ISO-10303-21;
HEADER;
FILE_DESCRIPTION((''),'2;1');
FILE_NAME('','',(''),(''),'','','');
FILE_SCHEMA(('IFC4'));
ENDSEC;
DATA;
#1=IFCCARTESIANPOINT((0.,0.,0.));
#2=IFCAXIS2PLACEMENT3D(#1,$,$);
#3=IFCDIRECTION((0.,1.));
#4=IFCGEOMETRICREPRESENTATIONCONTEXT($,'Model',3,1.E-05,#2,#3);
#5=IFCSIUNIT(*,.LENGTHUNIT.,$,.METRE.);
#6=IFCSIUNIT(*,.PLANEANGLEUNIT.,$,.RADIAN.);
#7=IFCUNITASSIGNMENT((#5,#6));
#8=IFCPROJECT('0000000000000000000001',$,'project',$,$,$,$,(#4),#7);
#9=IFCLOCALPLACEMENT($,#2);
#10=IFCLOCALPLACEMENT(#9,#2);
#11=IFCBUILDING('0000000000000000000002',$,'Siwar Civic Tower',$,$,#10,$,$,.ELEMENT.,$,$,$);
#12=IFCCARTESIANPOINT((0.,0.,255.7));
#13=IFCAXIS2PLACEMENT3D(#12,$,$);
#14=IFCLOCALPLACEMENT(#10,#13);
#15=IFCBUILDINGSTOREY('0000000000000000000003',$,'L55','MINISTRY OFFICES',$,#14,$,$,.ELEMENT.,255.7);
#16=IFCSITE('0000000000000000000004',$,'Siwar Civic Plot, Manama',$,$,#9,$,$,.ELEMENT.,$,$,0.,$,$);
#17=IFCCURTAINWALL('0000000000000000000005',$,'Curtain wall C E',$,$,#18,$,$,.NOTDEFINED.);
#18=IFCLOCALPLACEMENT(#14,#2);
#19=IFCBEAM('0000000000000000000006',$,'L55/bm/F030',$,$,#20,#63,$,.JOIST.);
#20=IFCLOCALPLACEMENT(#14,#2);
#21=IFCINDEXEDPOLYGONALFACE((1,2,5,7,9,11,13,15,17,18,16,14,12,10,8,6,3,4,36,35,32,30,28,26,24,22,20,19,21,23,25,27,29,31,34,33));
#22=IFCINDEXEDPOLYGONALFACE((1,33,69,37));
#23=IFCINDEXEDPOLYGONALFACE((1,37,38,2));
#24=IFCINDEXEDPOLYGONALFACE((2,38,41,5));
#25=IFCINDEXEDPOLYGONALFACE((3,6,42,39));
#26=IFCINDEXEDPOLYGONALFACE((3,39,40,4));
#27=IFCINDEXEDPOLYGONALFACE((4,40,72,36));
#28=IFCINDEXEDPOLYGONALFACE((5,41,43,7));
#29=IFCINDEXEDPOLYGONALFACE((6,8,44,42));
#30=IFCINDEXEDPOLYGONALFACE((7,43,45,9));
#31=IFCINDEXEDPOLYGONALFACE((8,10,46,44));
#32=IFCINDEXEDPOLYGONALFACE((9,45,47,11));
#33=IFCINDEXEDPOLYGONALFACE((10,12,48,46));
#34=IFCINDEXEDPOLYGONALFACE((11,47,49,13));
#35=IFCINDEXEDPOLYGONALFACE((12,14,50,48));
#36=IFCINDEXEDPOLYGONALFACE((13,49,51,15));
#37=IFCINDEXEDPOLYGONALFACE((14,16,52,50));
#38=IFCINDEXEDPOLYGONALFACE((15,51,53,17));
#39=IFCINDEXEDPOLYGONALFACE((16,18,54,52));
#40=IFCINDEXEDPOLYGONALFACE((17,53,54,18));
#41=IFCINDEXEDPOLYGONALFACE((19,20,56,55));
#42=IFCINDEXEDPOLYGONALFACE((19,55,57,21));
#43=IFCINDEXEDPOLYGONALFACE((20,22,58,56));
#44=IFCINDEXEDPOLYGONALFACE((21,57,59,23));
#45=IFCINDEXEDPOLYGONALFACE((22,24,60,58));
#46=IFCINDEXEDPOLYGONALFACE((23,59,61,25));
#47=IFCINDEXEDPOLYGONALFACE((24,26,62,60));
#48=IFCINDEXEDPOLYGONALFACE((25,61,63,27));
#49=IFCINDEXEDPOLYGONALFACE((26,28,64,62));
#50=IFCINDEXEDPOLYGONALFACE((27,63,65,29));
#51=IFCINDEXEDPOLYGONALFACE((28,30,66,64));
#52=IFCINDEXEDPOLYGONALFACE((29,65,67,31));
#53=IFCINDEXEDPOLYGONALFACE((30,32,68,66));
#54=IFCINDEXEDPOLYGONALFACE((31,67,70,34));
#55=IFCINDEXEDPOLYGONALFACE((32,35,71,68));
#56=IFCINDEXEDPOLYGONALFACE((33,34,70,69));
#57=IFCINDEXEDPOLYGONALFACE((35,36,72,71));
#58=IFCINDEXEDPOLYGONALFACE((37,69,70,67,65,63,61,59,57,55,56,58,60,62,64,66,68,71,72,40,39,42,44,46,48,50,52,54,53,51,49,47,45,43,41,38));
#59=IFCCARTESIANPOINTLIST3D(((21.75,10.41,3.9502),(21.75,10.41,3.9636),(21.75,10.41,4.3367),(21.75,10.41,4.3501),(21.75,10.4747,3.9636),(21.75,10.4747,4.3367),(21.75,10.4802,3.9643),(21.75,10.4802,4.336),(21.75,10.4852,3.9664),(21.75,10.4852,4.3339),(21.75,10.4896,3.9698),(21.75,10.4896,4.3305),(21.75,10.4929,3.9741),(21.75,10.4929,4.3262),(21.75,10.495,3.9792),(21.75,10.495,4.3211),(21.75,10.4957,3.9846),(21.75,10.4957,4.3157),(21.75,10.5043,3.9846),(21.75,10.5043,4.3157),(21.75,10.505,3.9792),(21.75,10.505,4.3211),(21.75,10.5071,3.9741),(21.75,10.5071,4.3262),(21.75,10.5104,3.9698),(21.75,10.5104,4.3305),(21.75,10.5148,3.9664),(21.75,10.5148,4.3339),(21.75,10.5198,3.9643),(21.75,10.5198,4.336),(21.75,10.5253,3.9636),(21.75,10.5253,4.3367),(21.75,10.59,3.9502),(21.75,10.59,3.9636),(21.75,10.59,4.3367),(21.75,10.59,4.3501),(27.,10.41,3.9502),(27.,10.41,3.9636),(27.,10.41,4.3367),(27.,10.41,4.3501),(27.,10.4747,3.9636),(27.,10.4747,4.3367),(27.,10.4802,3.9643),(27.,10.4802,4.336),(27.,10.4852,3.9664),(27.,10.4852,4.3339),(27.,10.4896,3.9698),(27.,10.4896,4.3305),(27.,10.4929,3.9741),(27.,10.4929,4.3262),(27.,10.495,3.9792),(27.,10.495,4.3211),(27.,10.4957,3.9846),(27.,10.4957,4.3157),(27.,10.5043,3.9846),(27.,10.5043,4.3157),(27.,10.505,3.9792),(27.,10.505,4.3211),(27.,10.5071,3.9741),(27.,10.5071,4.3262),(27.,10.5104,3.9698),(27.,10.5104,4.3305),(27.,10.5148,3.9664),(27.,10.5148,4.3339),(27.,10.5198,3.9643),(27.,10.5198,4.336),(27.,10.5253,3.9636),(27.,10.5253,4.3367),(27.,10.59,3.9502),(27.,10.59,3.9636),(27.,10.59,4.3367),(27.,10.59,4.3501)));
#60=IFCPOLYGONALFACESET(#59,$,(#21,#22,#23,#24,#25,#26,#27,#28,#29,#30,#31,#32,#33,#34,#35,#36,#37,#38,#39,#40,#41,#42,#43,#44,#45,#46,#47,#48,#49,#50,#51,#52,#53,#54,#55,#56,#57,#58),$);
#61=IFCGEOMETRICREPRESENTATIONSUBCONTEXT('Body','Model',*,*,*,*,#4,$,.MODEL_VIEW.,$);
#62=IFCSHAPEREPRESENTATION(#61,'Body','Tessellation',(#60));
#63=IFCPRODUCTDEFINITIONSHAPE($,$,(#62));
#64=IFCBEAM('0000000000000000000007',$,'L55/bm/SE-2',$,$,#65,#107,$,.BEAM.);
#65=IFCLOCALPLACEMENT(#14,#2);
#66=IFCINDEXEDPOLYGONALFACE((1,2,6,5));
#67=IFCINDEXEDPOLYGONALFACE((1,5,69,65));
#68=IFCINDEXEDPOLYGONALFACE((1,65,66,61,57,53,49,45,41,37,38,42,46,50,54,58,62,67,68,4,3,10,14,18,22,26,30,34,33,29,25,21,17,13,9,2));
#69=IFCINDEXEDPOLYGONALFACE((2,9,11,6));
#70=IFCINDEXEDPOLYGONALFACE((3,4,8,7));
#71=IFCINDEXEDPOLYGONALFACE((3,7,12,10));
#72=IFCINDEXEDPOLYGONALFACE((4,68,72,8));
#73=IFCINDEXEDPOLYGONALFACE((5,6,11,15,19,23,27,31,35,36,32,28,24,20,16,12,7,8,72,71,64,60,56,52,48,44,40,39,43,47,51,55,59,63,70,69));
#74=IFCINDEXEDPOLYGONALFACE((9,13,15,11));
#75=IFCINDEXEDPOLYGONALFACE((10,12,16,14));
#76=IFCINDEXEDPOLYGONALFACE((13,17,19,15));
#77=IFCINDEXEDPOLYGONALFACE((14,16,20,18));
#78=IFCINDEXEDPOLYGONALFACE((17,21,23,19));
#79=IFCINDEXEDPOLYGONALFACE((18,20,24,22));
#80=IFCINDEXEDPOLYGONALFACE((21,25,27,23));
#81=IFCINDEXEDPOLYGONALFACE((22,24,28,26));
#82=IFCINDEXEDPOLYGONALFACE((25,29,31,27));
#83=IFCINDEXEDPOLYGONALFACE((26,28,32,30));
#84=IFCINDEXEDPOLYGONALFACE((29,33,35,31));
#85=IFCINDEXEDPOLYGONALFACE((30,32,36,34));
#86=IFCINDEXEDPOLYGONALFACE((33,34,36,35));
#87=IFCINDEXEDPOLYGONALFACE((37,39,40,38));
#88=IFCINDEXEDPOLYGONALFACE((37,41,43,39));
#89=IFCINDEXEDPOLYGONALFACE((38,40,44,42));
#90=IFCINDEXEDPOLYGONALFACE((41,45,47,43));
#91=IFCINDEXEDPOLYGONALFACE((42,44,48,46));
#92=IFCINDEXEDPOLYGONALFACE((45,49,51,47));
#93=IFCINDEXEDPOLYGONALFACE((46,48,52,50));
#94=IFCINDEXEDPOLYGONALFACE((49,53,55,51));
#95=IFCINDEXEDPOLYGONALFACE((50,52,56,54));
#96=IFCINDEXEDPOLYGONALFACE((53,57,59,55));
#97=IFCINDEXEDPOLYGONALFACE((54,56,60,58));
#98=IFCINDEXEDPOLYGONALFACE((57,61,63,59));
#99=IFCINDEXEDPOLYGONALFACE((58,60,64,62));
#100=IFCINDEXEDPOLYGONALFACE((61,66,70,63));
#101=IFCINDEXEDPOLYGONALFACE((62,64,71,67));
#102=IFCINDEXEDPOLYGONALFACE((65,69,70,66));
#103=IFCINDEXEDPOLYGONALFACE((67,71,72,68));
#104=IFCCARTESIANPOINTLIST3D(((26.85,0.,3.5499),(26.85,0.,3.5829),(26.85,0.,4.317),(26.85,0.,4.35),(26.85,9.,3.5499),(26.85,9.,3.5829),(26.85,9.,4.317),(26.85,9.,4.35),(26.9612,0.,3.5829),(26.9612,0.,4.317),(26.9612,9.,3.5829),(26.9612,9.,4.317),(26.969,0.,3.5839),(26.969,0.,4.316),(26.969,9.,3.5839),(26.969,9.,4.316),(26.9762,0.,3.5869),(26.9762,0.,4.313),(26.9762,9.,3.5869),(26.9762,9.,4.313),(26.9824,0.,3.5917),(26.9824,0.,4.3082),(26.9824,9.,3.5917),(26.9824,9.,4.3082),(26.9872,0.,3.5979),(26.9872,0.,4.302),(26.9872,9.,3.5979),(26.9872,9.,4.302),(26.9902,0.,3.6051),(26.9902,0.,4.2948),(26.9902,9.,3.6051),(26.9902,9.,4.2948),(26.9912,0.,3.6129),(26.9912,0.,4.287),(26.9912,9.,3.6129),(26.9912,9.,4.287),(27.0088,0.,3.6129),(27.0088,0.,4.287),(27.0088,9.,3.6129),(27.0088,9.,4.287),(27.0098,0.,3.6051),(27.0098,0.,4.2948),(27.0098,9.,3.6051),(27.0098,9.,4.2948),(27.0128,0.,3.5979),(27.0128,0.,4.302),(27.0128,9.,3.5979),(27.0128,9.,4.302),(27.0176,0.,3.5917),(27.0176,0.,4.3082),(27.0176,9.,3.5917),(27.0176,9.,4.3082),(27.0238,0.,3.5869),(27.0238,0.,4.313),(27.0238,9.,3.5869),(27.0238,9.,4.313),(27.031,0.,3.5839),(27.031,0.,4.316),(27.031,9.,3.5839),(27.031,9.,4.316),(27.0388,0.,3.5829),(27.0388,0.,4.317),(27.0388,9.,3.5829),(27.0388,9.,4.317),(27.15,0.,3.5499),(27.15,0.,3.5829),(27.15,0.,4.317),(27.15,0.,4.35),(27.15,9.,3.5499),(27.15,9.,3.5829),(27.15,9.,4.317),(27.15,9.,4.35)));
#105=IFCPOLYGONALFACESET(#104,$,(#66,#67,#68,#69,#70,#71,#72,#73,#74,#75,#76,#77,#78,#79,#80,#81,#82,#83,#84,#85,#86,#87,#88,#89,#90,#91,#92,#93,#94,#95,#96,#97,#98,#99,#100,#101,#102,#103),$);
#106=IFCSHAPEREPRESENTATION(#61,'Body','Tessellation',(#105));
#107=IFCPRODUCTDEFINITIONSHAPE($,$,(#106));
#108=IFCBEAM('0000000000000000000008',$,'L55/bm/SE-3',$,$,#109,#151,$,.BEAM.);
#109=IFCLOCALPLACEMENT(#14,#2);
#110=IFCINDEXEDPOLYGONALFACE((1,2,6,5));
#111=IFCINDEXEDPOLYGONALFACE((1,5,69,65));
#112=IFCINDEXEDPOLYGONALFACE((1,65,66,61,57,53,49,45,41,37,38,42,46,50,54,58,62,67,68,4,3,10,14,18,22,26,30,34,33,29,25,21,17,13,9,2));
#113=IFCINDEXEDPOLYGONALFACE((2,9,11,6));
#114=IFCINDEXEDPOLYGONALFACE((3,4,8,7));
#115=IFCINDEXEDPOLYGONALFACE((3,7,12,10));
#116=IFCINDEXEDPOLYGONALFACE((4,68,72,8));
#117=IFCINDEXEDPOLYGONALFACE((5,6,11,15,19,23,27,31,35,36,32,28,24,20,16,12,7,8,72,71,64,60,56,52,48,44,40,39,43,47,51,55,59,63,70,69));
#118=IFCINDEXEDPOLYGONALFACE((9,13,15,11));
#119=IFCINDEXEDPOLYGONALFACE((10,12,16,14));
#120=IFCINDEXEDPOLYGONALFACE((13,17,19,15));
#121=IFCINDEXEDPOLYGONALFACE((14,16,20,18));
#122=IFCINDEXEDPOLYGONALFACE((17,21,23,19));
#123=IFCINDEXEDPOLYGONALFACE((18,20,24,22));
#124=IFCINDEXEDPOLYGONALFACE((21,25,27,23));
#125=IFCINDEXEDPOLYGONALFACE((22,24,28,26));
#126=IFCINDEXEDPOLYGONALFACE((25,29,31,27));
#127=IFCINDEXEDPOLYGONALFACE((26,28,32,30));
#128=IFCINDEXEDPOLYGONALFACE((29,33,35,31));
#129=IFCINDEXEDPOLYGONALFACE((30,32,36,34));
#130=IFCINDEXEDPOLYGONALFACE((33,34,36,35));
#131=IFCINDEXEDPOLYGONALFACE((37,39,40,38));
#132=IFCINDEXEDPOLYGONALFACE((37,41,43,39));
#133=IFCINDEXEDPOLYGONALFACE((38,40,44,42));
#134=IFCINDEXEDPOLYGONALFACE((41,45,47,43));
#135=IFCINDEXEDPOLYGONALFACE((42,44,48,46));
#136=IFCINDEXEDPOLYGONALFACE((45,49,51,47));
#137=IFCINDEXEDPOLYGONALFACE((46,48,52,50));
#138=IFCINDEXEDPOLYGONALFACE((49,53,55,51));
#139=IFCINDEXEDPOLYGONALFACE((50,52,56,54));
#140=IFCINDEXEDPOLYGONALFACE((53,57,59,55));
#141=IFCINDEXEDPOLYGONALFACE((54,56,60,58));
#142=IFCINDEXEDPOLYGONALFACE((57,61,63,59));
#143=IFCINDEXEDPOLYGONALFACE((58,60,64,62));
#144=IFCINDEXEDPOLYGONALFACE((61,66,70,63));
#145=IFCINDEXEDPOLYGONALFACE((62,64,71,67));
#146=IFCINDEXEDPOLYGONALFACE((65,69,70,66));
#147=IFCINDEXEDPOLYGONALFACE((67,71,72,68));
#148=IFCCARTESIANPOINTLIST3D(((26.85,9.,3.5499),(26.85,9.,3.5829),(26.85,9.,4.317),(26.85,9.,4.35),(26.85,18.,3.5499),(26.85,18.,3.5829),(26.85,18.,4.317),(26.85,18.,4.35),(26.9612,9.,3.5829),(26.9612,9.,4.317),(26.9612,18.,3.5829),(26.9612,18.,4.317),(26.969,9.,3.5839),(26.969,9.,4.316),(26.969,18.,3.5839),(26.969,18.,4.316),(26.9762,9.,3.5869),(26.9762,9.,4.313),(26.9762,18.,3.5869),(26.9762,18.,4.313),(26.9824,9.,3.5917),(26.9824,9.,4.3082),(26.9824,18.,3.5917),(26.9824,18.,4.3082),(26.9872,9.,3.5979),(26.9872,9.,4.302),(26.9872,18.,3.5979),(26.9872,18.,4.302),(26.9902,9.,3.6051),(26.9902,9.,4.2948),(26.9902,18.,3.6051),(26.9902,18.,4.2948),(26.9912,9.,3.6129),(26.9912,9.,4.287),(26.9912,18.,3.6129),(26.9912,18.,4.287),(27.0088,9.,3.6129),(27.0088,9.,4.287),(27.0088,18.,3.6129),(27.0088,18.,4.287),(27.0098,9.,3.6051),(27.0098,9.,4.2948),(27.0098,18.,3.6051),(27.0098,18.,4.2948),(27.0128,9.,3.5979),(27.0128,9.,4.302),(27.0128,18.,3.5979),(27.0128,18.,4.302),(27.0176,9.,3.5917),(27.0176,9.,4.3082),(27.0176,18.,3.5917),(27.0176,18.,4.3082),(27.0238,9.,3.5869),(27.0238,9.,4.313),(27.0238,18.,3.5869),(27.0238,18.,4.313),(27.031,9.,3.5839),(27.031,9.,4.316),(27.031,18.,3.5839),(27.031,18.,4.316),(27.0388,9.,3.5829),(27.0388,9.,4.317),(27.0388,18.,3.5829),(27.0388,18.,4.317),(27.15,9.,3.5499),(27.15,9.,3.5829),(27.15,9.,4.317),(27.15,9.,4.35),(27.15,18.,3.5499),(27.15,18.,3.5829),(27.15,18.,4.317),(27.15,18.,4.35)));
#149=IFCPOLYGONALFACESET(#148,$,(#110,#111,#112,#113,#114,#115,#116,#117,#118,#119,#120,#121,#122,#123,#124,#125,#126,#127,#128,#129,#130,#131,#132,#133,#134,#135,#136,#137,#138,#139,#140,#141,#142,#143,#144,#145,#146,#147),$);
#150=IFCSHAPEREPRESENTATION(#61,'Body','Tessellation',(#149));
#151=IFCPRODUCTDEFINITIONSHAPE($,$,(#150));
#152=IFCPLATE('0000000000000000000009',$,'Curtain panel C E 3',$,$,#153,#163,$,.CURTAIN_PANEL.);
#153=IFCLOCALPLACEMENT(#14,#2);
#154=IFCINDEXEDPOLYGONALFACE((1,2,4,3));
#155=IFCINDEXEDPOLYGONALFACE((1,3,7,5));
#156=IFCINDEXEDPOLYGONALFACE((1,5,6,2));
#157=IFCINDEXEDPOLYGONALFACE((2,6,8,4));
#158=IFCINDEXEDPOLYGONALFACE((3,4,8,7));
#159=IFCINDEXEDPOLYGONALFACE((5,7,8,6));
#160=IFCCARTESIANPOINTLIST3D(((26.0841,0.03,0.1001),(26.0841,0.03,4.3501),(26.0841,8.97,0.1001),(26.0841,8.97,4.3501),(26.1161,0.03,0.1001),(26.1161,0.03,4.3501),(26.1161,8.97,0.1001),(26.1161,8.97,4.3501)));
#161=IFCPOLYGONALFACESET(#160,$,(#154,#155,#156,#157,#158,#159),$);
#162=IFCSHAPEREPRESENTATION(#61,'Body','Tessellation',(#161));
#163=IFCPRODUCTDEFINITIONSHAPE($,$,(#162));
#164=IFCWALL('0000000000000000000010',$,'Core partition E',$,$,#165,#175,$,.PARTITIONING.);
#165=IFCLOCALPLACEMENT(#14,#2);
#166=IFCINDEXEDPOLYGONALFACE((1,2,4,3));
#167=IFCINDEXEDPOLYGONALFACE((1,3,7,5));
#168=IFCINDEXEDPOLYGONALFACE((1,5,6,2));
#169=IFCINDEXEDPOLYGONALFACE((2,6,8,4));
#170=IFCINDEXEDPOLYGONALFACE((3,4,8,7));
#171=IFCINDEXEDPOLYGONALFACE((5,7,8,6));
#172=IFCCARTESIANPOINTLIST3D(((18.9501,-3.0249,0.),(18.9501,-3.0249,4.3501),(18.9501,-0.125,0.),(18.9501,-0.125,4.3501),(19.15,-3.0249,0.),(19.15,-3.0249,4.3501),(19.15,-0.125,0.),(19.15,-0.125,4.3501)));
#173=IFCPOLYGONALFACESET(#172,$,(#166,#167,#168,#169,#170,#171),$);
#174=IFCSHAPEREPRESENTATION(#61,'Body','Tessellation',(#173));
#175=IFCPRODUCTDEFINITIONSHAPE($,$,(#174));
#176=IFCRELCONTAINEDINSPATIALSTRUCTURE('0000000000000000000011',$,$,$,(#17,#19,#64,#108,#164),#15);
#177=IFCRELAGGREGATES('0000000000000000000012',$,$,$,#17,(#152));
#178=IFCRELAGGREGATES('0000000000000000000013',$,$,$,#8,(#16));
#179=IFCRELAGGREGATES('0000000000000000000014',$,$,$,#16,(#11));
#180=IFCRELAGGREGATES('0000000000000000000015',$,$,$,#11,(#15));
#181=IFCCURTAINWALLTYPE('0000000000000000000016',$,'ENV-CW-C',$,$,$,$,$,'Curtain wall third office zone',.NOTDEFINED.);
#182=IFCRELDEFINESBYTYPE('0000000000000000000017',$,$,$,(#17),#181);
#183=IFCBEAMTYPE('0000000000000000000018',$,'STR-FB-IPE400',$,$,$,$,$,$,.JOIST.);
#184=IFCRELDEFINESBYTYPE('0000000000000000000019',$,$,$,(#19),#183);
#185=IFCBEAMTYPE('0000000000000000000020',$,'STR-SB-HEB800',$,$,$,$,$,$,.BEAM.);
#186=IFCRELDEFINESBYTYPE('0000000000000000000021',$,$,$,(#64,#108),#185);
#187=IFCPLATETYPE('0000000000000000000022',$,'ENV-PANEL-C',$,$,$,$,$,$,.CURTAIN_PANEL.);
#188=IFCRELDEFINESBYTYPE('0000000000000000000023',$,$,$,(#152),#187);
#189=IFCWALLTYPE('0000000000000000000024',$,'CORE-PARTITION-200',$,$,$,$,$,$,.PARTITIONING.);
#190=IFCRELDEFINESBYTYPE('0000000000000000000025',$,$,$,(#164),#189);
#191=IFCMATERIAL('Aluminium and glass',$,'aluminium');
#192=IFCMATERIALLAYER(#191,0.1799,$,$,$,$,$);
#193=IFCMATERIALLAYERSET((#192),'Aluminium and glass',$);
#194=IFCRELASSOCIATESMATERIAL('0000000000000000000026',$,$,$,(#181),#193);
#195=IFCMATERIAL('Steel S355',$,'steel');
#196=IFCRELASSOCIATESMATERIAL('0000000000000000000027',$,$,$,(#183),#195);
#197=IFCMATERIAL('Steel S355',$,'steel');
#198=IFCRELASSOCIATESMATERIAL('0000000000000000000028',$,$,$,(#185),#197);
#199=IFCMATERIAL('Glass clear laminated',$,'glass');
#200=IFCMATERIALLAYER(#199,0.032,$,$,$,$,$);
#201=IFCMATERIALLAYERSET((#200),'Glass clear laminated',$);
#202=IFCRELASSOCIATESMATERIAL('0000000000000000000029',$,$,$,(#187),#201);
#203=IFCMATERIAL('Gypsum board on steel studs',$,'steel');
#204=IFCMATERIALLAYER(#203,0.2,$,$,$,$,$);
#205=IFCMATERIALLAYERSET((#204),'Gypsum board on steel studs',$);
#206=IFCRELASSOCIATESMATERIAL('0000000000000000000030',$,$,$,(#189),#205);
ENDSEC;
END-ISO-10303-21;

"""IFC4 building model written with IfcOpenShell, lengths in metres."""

from ifc_helpers import new_model, si_unit, direction, frame, frame_2d, origin, origin_2d, place, context, subcontext, project, spatial, rectangle, i_section, extrude, material, layer, layer_set, material_profile, profile_set, type_object, element, aggregate, save


model = new_model("IFC4")

# Units and contexts
model_context = context("Model", 3, precision=1e-05, world=origin(), true_north=direction((0.0, 1.0)))
body_context = subcontext(model_context, "Body", "Model", "MODEL_VIEW")
ifc_project = project(units=[si_unit("LENGTHUNIT", "METRE"), si_unit("PLANEANGLEUNIT", "RADIAN")], contexts=[model_context])

# Site, building, storey
site_placement = place(None, origin())
site = spatial("IfcSite", under=ifc_project, at=site_placement, Name="Siwar Civic Plot, Manama", CompositionType="ELEMENT", RefElevation=0.0)
building_placement = place(site_placement, origin())
building = spatial("IfcBuilding", under=site, at=building_placement, Name="Siwar Civic Tower", CompositionType="ELEMENT")
storey_placement = place(building_placement, frame((0.0, 0.0, 255.7)))
storey = spatial("IfcBuildingStorey", under=building, at=storey_placement, Name="L55", Description="MINISTRY OFFICES", CompositionType="ELEMENT", Elevation=255.7)

# Curtain wall
ifc_material_1 = material(Name="Aluminium and glass", Category="aluminium")
ifc_layer_1 = layer(ifc_material_1, 0.1799)
ifc_layer_set_1 = layer_set([ifc_layer_1], Name="Aluminium and glass")
curtain_wall_type = type_object("IfcCurtainWallType", Name="ENV-CW-C", ElementType="Curtain wall third office zone", PredefinedType="NOTDEFINED", material=ifc_layer_set_1)
curtain_wall_placement = place(storey_placement, origin())
curtain_wall = element("IfcCurtainWall", 1, at=curtain_wall_placement, inside=storey, type_object=curtain_wall_type, Name="Curtain wall C E", PredefinedType="NOTDEFINED")

# Beams
ifc_material_2 = material(Name="Steel S355", Category="steel")
ifc_material_profile_1 = material_profile(ifc_material_2, i_section(OverallWidth=0.1799, OverallDepth=0.3999, WebThickness=0.0085, FlangeThickness=0.0134, FilletRadius=0.021, at=origin_2d()), Name="IPE400")
ifc_profile_set_1 = profile_set([ifc_material_profile_1], Name="Steel S355")
beam_type_1 = type_object("IfcBeamType", Name="STR-FB-IPE400", PredefinedType="JOIST", material=ifc_profile_set_1)
for number, where, z_axis, x_axis, name in (
    (2, (21.75, 10.5, 4.1501), (1.0, 0.0, 0.0), (0.0, 1.0, 0.0), "L55/bm/F030"),
):
    element("IfcBeam", number, at=place(storey_placement, frame(where, z_axis=z_axis, x_axis=x_axis)), inside=storey, type_object=beam_type_1, Name=name, PredefinedType="JOIST", context=body_context, shape_type="SweptSolid", body=[
        extrude(i_section(OverallWidth=0.1799, OverallDepth=0.3999, WebThickness=0.0085, FlangeThickness=0.0134, FilletRadius=0.021, at=origin_2d()), origin(), (0.0, 0.0, 1.0), 5.25),
    ])
ifc_material_3 = material(Name="Steel S355", Category="steel")
ifc_material_profile_2 = material_profile(ifc_material_3, i_section(OverallWidth=0.3, OverallDepth=0.8, WebThickness=0.0176, FlangeThickness=0.033, FilletRadius=0.03, at=origin_2d()), Name="HEB800")
ifc_profile_set_2 = profile_set([ifc_material_profile_2], Name="Steel S355")
beam_type_2 = type_object("IfcBeamType", Name="STR-SB-HEB800", PredefinedType="BEAM", material=ifc_profile_set_2)
for number, where, z_axis, x_axis, name in (
    (3, (27.0, 0.0, 3.95), (0.0, 1.0, 0.0), (-1.0, 0.0, 0.0), "L55/bm/SE-2"),
    (4, (27.0, 9.0, 3.95), (0.0, 1.0, 0.0), (-1.0, 0.0, 0.0), "L55/bm/SE-3"),
):
    element("IfcBeam", number, at=place(storey_placement, frame(where, z_axis=z_axis, x_axis=x_axis)), inside=storey, type_object=beam_type_2, Name=name, PredefinedType="BEAM", context=body_context, shape_type="SweptSolid", body=[
        extrude(i_section(OverallWidth=0.3, OverallDepth=0.8, WebThickness=0.0176, FlangeThickness=0.033, FilletRadius=0.03, at=origin_2d()), origin(), (0.0, 0.0, 1.0), 9.0),
    ])

# Plate
ifc_material_4 = material(Name="Glass clear laminated", Category="glass")
ifc_layer_2 = layer(ifc_material_4, 0.032)
ifc_layer_set_2 = layer_set([ifc_layer_2], Name="Glass clear laminated")
plate_type = type_object("IfcPlateType", Name="ENV-PANEL-C", PredefinedType="CURTAIN_PANEL", material=ifc_layer_set_2)
plate_placement = place(storey_placement, frame((26.1001, 4.5, 0.1001), z_axis=(0.0, 0.0, 1.0), x_axis=(0.0, 1.0, 0.0)))
plate = element("IfcPlate", 5, at=plate_placement, type_object=plate_type, Name="Curtain panel C E 3", PredefinedType="CURTAIN_PANEL", context=body_context, shape_type="SweptSolid", body=[
    extrude(rectangle(XDim=8.9399, YDim=0.032, at=origin_2d()), origin(), (0.0, 0.0, 1.0), 4.25),
])
aggregate(curtain_wall, [plate])

# Wall
ifc_material_5 = material(Name="Gypsum board on steel studs", Category="steel")
ifc_layer_3 = layer(ifc_material_5, 0.2)
ifc_layer_set_3 = layer_set([ifc_layer_3], Name="Gypsum board on steel studs")
wall_type_1 = type_object("IfcWallType", Name="CORE-PARTITION-200", PredefinedType="PARTITIONING", material=ifc_layer_set_3)
wall_1_placement = place(storey_placement, frame((19.05, -3.0249, 0.0), z_axis=(0.0, 0.0, 1.0), x_axis=(0.0, 1.0, 0.0)))
element("IfcWall", 6, at=wall_1_placement, inside=storey, type_object=wall_type_1, Name="Core partition E", PredefinedType="PARTITIONING", context=body_context, shape_type="SweptSolid", body=[
    extrude(rectangle(XDim=2.8999, YDim=0.2, at=frame_2d((1.45, 0.0))), origin(), (0.0, 0.0, 1.0), 4.3501),
])

save(model, "model.ifc")
